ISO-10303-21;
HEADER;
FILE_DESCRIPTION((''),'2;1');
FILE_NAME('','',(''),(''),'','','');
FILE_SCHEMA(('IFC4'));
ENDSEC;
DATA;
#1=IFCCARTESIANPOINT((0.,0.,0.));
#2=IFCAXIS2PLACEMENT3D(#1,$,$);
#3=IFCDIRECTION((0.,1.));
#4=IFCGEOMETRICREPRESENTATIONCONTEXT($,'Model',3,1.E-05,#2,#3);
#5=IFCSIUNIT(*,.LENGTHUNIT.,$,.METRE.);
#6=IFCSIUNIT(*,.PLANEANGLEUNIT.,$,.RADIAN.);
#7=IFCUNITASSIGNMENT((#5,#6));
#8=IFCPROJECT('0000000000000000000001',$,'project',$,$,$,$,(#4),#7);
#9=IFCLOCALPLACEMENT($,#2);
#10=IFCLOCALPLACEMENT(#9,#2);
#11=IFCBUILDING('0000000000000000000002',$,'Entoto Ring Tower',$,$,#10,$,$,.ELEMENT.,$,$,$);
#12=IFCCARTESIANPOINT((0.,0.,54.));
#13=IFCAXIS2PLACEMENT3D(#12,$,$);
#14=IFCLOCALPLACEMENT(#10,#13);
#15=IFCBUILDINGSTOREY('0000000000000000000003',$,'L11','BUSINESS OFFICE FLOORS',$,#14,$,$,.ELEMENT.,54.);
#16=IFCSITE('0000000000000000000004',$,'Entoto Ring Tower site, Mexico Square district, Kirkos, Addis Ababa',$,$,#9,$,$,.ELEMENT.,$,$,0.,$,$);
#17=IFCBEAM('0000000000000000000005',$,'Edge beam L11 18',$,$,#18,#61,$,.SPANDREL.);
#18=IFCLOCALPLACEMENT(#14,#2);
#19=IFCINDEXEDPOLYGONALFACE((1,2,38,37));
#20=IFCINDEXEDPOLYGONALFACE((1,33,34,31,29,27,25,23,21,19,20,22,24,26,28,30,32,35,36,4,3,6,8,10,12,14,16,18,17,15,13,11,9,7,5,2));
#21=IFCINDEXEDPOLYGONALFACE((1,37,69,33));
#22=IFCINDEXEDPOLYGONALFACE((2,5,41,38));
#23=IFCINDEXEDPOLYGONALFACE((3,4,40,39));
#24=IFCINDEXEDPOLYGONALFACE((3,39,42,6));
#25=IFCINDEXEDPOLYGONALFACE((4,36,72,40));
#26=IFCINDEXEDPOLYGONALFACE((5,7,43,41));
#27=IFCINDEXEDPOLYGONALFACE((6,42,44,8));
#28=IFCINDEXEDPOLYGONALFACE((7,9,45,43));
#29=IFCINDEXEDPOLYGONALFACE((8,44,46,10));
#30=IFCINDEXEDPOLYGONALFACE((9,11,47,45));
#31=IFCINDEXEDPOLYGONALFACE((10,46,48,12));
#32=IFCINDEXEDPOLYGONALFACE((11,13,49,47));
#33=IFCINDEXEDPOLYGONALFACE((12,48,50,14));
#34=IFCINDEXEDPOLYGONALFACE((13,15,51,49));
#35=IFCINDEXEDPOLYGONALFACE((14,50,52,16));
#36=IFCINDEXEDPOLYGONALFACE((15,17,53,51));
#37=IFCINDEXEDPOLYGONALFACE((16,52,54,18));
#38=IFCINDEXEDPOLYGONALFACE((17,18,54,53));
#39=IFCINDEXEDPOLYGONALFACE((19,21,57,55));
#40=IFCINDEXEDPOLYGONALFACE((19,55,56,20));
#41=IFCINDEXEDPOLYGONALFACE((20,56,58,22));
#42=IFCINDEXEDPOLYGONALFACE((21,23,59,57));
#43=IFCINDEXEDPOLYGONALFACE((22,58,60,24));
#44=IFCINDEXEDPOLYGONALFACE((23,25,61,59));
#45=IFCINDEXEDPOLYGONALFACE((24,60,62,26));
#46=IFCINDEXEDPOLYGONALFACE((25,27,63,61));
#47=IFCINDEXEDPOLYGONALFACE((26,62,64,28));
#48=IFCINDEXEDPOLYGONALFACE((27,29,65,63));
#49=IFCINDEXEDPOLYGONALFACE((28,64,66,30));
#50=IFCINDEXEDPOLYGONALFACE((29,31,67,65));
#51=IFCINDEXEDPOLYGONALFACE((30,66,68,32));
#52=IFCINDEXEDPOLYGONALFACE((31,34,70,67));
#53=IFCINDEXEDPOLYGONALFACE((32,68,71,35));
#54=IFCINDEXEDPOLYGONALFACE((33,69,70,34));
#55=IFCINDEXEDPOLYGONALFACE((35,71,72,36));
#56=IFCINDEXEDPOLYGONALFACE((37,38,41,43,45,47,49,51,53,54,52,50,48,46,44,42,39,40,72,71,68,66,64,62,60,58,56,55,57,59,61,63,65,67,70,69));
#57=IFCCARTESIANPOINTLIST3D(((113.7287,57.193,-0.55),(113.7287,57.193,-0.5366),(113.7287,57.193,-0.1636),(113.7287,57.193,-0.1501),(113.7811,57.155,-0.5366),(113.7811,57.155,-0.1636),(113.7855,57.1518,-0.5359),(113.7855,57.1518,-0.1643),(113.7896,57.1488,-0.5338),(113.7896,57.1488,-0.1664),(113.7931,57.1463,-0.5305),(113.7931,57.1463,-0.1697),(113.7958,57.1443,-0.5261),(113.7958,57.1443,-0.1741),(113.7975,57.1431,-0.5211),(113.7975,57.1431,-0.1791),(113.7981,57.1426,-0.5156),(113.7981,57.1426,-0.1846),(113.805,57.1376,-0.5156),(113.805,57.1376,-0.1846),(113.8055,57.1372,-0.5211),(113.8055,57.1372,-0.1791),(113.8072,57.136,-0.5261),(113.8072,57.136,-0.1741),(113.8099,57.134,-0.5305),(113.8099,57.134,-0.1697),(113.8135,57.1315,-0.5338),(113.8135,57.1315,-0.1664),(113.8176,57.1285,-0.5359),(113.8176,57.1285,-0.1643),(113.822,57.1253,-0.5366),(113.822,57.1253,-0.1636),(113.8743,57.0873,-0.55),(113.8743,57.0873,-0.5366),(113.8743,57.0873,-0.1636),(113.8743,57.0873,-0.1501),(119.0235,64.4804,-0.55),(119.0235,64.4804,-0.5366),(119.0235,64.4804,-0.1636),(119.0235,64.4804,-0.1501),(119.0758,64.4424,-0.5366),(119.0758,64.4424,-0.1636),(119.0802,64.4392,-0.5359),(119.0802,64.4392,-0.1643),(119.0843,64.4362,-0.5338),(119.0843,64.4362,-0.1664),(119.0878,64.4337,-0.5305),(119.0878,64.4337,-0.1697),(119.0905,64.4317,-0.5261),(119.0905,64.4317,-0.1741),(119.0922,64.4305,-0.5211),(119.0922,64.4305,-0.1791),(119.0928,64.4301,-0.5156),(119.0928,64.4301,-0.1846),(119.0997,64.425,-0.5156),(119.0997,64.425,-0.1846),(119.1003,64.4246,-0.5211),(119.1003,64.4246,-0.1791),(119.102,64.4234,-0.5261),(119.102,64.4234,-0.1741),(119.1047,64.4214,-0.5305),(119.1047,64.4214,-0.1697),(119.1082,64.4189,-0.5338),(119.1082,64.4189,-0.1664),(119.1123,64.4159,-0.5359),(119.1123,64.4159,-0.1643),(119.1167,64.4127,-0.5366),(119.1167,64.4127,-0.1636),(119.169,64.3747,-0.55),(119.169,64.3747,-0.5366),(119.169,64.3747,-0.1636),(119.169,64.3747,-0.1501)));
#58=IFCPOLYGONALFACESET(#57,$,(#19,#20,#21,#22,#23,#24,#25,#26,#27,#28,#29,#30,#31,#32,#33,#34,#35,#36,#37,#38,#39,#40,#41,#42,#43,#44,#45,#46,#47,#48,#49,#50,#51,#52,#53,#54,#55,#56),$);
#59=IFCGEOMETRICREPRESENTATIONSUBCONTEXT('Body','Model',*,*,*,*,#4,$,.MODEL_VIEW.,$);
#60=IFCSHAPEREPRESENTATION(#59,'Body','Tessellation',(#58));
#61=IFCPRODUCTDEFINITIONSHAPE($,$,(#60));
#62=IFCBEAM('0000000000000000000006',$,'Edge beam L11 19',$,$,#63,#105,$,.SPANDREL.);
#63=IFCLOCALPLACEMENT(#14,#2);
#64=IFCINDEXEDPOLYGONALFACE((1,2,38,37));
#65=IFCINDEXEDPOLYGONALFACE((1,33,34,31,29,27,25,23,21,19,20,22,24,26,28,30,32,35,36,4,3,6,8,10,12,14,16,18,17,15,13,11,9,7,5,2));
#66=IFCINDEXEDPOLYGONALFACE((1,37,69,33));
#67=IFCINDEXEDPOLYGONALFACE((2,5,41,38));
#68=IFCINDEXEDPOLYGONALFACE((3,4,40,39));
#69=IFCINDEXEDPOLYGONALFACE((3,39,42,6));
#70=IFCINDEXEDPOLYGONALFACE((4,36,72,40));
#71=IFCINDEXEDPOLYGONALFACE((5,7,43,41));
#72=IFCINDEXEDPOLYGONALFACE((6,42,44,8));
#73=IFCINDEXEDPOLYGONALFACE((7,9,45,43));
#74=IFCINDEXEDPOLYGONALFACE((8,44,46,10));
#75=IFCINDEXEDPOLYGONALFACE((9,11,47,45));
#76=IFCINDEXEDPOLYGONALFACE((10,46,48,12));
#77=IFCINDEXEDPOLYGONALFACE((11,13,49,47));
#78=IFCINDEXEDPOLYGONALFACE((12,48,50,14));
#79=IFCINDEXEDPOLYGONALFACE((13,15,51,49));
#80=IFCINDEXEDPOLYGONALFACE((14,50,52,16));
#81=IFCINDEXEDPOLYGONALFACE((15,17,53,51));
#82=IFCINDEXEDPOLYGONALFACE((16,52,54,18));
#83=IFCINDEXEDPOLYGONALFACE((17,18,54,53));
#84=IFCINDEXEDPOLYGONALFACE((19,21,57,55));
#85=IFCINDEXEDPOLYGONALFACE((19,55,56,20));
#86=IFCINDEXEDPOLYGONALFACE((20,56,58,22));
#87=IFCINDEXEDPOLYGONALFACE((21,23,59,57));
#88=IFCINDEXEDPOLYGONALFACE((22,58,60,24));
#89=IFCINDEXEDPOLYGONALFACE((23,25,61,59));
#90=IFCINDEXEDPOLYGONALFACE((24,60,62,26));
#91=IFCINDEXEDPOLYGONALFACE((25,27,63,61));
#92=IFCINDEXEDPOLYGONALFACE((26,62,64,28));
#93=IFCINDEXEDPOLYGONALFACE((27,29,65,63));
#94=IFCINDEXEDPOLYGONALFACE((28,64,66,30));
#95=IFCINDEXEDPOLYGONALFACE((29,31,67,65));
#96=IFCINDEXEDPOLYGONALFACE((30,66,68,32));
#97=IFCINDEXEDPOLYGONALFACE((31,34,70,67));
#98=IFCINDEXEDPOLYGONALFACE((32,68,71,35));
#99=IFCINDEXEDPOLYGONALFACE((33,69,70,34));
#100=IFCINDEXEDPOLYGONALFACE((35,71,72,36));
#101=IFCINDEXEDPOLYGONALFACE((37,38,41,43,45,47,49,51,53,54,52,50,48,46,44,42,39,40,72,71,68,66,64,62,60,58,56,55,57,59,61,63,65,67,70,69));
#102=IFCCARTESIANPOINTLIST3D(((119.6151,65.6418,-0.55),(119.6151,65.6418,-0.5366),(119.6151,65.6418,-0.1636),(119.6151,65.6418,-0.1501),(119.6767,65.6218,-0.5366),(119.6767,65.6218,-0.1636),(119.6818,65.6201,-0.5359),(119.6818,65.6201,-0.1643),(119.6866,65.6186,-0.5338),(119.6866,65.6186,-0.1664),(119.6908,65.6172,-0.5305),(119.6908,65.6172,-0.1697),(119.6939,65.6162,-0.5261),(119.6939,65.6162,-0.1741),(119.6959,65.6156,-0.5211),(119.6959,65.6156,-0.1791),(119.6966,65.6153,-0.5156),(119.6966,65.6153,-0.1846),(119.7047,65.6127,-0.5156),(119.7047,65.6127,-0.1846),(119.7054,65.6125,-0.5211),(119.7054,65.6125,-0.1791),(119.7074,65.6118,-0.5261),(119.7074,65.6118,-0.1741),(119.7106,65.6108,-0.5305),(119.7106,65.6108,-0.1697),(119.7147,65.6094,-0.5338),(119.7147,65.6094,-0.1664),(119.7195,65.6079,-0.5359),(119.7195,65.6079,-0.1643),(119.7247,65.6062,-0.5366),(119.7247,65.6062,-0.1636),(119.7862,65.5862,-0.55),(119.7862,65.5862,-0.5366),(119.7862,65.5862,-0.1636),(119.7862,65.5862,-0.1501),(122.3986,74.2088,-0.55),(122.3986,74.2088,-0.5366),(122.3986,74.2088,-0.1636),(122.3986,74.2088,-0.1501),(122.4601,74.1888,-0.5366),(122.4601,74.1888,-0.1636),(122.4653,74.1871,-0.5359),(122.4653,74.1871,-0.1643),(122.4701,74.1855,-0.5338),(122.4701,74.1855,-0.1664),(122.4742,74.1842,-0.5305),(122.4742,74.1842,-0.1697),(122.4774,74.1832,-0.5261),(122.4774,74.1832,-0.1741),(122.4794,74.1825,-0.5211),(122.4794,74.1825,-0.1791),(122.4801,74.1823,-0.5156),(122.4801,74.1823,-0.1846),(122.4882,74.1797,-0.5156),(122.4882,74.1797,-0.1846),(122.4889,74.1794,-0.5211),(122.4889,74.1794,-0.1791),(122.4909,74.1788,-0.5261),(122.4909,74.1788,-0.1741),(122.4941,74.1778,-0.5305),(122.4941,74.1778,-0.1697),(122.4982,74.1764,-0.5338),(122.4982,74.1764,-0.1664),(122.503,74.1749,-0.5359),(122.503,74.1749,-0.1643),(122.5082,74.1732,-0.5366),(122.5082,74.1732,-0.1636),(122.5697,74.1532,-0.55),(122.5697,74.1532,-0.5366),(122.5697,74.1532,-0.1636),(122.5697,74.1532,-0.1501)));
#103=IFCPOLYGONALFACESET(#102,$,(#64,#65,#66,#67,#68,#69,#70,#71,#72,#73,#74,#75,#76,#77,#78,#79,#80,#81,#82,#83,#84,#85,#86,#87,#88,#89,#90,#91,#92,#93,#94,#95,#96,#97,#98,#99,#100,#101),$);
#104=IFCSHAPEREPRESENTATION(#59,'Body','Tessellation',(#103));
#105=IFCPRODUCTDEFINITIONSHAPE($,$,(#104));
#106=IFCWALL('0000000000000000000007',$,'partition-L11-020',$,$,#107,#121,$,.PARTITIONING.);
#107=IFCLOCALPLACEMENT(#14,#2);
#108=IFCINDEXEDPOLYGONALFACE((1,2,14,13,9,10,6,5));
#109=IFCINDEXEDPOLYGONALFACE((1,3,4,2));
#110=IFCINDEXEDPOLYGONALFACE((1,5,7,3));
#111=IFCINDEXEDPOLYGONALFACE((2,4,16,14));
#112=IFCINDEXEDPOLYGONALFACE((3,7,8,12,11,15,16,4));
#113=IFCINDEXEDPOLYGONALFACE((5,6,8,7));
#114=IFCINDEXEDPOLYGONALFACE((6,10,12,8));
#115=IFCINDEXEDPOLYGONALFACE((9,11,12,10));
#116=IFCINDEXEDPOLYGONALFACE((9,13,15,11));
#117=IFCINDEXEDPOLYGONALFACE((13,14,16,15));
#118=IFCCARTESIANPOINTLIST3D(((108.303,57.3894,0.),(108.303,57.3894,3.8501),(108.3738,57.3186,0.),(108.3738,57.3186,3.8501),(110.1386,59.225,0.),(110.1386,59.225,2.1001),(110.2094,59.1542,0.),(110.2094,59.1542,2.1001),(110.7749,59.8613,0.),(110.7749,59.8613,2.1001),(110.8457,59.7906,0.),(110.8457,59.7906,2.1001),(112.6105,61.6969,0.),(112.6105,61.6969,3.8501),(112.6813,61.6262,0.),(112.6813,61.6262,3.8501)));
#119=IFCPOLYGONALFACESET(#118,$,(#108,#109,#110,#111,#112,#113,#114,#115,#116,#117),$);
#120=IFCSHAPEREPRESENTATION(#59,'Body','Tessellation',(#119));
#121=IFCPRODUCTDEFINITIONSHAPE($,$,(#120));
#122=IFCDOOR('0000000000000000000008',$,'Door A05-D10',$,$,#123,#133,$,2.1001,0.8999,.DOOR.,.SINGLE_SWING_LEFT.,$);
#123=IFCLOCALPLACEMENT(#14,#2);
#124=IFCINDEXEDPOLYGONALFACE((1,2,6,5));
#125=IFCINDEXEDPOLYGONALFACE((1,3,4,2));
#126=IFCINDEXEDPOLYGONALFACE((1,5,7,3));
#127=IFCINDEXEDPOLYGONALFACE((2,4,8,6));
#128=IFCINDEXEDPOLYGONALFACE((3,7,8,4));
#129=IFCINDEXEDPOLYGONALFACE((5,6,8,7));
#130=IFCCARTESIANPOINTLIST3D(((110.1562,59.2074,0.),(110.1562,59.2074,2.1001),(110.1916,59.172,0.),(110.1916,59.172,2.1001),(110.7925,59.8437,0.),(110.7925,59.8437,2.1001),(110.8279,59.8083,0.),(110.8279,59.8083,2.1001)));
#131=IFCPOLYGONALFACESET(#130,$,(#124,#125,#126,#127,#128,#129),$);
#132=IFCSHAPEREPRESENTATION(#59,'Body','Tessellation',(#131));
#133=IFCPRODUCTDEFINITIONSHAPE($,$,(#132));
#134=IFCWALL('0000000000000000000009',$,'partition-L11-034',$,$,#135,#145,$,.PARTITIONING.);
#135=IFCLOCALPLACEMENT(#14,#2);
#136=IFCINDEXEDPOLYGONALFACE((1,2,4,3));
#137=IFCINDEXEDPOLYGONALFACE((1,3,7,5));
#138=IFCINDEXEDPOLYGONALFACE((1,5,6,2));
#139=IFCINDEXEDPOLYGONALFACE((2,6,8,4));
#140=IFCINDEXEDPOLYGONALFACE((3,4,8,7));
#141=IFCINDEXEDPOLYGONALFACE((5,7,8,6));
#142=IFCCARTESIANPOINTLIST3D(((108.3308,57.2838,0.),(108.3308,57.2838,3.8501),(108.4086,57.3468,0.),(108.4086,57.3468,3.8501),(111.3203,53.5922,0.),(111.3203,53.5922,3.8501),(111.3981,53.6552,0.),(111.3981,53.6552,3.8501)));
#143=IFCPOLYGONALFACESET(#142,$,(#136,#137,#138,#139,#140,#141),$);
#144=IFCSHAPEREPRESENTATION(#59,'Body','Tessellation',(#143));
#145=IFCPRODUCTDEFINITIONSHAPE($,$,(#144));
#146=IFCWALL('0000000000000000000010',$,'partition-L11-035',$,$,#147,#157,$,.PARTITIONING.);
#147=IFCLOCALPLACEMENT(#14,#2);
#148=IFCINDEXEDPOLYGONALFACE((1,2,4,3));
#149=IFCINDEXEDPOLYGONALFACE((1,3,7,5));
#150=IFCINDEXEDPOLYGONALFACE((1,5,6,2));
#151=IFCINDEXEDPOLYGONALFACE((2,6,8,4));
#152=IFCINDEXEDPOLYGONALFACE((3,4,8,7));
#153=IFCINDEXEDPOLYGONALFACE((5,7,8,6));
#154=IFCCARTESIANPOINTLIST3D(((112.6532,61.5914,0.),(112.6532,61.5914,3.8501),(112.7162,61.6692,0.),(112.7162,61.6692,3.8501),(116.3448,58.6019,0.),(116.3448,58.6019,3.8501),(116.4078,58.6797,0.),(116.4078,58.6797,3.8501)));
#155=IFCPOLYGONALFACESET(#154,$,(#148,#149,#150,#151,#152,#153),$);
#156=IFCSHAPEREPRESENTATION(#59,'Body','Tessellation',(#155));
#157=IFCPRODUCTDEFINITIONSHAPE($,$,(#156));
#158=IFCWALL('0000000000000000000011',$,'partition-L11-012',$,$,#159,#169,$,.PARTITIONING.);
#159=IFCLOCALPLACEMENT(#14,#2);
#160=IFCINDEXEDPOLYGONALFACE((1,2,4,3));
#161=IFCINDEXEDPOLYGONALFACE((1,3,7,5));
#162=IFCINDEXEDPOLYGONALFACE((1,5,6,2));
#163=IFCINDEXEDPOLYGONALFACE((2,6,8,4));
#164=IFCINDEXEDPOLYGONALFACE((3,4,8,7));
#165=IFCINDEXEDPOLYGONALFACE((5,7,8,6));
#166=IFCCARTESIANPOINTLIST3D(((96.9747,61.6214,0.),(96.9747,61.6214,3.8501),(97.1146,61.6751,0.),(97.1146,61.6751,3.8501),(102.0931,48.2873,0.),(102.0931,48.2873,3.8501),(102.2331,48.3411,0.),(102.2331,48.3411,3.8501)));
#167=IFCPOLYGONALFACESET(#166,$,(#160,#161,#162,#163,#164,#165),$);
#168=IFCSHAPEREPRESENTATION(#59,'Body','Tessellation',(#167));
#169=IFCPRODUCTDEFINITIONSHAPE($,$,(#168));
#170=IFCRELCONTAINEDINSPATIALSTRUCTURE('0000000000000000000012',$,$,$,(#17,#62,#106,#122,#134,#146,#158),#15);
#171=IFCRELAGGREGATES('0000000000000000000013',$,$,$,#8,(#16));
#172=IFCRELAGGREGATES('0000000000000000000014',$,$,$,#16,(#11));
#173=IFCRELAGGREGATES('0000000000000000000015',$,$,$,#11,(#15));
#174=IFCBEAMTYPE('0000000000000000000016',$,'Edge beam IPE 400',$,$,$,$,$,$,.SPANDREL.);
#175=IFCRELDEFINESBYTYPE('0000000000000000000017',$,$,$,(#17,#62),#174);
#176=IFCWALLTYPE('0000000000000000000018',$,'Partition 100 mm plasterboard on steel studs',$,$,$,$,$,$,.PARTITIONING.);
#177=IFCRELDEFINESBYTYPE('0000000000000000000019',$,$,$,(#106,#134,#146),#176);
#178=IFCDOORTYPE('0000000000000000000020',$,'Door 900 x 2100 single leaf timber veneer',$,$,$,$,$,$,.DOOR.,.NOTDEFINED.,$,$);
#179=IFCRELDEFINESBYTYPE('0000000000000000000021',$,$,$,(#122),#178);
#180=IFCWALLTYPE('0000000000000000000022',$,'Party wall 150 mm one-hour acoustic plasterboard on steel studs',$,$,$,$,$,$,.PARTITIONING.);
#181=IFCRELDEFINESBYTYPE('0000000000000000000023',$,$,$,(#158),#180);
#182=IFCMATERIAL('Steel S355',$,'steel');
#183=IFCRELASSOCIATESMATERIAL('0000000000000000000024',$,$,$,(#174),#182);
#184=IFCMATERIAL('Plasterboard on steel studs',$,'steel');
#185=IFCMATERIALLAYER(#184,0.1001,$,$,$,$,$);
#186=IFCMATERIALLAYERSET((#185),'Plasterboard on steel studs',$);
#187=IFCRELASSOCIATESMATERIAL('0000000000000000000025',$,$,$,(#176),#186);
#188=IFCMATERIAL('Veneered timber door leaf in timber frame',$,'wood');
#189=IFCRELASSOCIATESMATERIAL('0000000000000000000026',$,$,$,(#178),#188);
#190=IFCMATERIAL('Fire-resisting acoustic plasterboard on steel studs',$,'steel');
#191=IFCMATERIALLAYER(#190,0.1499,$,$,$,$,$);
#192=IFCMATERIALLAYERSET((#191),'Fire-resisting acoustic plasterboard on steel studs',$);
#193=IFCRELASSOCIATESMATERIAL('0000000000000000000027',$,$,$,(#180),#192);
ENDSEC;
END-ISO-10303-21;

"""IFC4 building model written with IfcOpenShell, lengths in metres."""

from ifc_helpers import new_model, si_unit, direction, frame, frame_2d, origin, origin_2d, place, context, subcontext, project, spatial, rectangle, i_section, extrude, material, layer, layer_set, material_profile, profile_set, type_object, element, fill, save


model = new_model("IFC4")

# Units and contexts
model_context = context("Model", 3, precision=1e-05, world=origin(), true_north=direction((0.0, 1.0)))
body_context = subcontext(model_context, "Body", "Model", "MODEL_VIEW")
ifc_project = project(units=[si_unit("LENGTHUNIT", "METRE"), si_unit("PLANEANGLEUNIT", "RADIAN")], contexts=[model_context])

# Site, building, storey
site_placement = place(None, origin())
site = spatial("IfcSite", under=ifc_project, at=site_placement, Name="Entoto Ring Tower site, Mexico Square district, Kirkos, Addis Ababa", CompositionType="ELEMENT", RefElevation=0.0)
building_placement = place(site_placement, origin())
building = spatial("IfcBuilding", under=site, at=building_placement, Name="Entoto Ring Tower", CompositionType="ELEMENT")
storey_placement = place(building_placement, frame((0.0, 0.0, 54.0)))
storey = spatial("IfcBuildingStorey", under=building, at=storey_placement, Name="L11", Description="BUSINESS OFFICE FLOORS", CompositionType="ELEMENT", Elevation=54.0)

# Beams
ifc_material_1 = material(Name="Steel S355", Category="steel")
ifc_material_profile_1 = material_profile(ifc_material_1, i_section(OverallWidth=0.1799, OverallDepth=0.3999, WebThickness=0.0085, FlangeThickness=0.0134, FilletRadius=0.021, at=origin_2d()), Name="IPE 400")
ifc_profile_set_1 = profile_set([ifc_material_profile_1], Name="Steel S355")
beam_type = type_object("IfcBeamType", Name="Edge beam IPE 400", PredefinedType="SPANDREL", material=ifc_profile_set_1)
for number, where, z_axis, x_axis, name in (
    (1, (113.8015, 57.1401, -0.3501), (0.587793, 0.809011, 0.0), (-0.809011, 0.587793, 0.0), "Edge beam L11 18"),
    (2, (119.7007, 65.614, -0.3501), (0.309006, 0.95106, 0.0), (-0.95106, 0.309006, 0.0), "Edge beam L11 19"),
):
    element("IfcBeam", number, at=place(storey_placement, frame(where, z_axis=z_axis, x_axis=x_axis)), inside=storey, type_object=beam_type, Name=name, PredefinedType="SPANDREL", context=body_context, shape_type="SweptSolid", body=[
        extrude(i_section(OverallWidth=0.1799, OverallDepth=0.3999, WebThickness=0.0085, FlangeThickness=0.0134, FilletRadius=0.021, at=origin_2d()), origin(), (0.0, 0.0, 1.0), 9.0078),
    ])

# Wall, opening, door
ifc_material_2 = material(Name="Plasterboard on steel studs", Category="steel")
ifc_layer_1 = layer(ifc_material_2, 0.1001)
ifc_layer_set_1 = layer_set([ifc_layer_1], Name="Plasterboard on steel studs")
wall_type_1 = type_object("IfcWallType", Name="Partition 100 mm plasterboard on steel studs", PredefinedType="PARTITIONING", material=ifc_layer_set_1)
wall_1_placement = place(storey_placement, frame((108.3384, 57.354, 0.0), z_axis=(0.0, 0.0, 1.0), x_axis=(0.707107, 0.707107, 0.0)))
wall_1 = element("IfcWall", 3, at=wall_1_placement, inside=storey, type_object=wall_type_1, Name="partition-L11-020", PredefinedType="PARTITIONING", context=body_context, shape_type="SweptSolid", body=[
    extrude(rectangle(XDim=6.0918, YDim=0.1001, at=frame_2d((3.0459, 0.0))), origin(), (0.0, 0.0, 1.0), 3.8501),
])
opening_placement = place(wall_1_placement, frame((2.5959, 0.0, 0.0)))
opening = element("IfcOpeningElement", 4, at=opening_placement, cuts=wall_1, PredefinedType="OPENING", context=body_context, shape_type="SweptSolid", body=[
    extrude(rectangle(XDim=0.8999, YDim=2.1001, at=frame_2d((0.45, 1.05))), frame((0.0, 0.0601, 0.0), z_axis=(0.0, -1.0, 0.0), x_axis=(1.0, 0.0, 0.0)), (0.0, 0.0, 1.0), 0.1201),
])
ifc_material_3 = material(Name="Veneered timber door leaf in timber frame", Category="wood")
door_type = type_object("IfcDoorType", Name="Door 900 x 2100 single leaf timber veneer", OperationType="NOTDEFINED", PredefinedType="DOOR", material=ifc_material_3)
door_placement = place(opening_placement, frame((0.8999, 0.0, 0.0), z_axis=(0.0, 0.0, 1.0), x_axis=(-1.0, 0.0, 0.0)))
door = element("IfcDoor", 5, at=door_placement, inside=storey, type_object=door_type, Name="Door A05-D10", OperationType="SINGLE_SWING_LEFT", OverallHeight=2.1001, OverallWidth=0.8999, PredefinedType="DOOR", context=body_context, shape_type="SweptSolid", body=[
    extrude(rectangle(XDim=0.8999, YDim=2.1001, at=frame_2d((0.45, 1.05))), frame((0.0, 0.0249, 0.0), z_axis=(0.0, -1.0, 0.0), x_axis=(1.0, 0.0, 0.0)), (0.0, 0.0, 1.0), 0.05),
])
fill(opening, door)

# Walls
for number, where, z_axis, x_axis, name in (
    (6, (111.3591, 53.6238, 0.0), (0.0, 0.0, 1.0), (-0.629328, 0.77714, 0.0), "partition-L11-034"),
    (7, (116.3762, 58.6409, 0.0), (0.0, 0.0, 1.0), (-0.77714, 0.629328, 0.0), "partition-L11-035"),
):
    element("IfcWall", number, at=place(storey_placement, frame(where, z_axis=z_axis, x_axis=x_axis)), inside=storey, type_object=wall_type_1, Name=name, PredefinedType="PARTITIONING", context=body_context, shape_type="SweptSolid", body=[
        extrude(rectangle(XDim=4.7502, YDim=0.1001, at=frame_2d((2.375, 0.0))), origin(), (0.0, 0.0, 1.0), 3.8501),
    ])
ifc_material_4 = material(Name="Fire-resisting acoustic plasterboard on steel studs", Category="steel")
ifc_layer_2 = layer(ifc_material_4, 0.1499)
ifc_layer_set_2 = layer_set([ifc_layer_2], Name="Fire-resisting acoustic plasterboard on steel studs")
wall_type_2 = type_object("IfcWallType", Name="Party wall 150 mm one-hour acoustic plasterboard on steel studs", PredefinedType="PARTITIONING", material=ifc_layer_set_2)
wall_2_placement = place(storey_placement, frame((102.1631, 48.3142, 0.0), z_axis=(0.0, 0.0, 1.0), x_axis=(-0.358366, 0.933581, 0.0)))
element("IfcWall", 8, at=wall_2_placement, inside=storey, type_object=wall_type_2, Name="partition-L11-012", PredefinedType="PARTITIONING", context=body_context, shape_type="SweptSolid", body=[
    extrude(rectangle(XDim=14.2827, YDim=0.1499, at=frame_2d((7.1414, 0.0))), origin(), (0.0, 0.0, 1.0), 3.8501),
])

save(model, "model.ifc")
